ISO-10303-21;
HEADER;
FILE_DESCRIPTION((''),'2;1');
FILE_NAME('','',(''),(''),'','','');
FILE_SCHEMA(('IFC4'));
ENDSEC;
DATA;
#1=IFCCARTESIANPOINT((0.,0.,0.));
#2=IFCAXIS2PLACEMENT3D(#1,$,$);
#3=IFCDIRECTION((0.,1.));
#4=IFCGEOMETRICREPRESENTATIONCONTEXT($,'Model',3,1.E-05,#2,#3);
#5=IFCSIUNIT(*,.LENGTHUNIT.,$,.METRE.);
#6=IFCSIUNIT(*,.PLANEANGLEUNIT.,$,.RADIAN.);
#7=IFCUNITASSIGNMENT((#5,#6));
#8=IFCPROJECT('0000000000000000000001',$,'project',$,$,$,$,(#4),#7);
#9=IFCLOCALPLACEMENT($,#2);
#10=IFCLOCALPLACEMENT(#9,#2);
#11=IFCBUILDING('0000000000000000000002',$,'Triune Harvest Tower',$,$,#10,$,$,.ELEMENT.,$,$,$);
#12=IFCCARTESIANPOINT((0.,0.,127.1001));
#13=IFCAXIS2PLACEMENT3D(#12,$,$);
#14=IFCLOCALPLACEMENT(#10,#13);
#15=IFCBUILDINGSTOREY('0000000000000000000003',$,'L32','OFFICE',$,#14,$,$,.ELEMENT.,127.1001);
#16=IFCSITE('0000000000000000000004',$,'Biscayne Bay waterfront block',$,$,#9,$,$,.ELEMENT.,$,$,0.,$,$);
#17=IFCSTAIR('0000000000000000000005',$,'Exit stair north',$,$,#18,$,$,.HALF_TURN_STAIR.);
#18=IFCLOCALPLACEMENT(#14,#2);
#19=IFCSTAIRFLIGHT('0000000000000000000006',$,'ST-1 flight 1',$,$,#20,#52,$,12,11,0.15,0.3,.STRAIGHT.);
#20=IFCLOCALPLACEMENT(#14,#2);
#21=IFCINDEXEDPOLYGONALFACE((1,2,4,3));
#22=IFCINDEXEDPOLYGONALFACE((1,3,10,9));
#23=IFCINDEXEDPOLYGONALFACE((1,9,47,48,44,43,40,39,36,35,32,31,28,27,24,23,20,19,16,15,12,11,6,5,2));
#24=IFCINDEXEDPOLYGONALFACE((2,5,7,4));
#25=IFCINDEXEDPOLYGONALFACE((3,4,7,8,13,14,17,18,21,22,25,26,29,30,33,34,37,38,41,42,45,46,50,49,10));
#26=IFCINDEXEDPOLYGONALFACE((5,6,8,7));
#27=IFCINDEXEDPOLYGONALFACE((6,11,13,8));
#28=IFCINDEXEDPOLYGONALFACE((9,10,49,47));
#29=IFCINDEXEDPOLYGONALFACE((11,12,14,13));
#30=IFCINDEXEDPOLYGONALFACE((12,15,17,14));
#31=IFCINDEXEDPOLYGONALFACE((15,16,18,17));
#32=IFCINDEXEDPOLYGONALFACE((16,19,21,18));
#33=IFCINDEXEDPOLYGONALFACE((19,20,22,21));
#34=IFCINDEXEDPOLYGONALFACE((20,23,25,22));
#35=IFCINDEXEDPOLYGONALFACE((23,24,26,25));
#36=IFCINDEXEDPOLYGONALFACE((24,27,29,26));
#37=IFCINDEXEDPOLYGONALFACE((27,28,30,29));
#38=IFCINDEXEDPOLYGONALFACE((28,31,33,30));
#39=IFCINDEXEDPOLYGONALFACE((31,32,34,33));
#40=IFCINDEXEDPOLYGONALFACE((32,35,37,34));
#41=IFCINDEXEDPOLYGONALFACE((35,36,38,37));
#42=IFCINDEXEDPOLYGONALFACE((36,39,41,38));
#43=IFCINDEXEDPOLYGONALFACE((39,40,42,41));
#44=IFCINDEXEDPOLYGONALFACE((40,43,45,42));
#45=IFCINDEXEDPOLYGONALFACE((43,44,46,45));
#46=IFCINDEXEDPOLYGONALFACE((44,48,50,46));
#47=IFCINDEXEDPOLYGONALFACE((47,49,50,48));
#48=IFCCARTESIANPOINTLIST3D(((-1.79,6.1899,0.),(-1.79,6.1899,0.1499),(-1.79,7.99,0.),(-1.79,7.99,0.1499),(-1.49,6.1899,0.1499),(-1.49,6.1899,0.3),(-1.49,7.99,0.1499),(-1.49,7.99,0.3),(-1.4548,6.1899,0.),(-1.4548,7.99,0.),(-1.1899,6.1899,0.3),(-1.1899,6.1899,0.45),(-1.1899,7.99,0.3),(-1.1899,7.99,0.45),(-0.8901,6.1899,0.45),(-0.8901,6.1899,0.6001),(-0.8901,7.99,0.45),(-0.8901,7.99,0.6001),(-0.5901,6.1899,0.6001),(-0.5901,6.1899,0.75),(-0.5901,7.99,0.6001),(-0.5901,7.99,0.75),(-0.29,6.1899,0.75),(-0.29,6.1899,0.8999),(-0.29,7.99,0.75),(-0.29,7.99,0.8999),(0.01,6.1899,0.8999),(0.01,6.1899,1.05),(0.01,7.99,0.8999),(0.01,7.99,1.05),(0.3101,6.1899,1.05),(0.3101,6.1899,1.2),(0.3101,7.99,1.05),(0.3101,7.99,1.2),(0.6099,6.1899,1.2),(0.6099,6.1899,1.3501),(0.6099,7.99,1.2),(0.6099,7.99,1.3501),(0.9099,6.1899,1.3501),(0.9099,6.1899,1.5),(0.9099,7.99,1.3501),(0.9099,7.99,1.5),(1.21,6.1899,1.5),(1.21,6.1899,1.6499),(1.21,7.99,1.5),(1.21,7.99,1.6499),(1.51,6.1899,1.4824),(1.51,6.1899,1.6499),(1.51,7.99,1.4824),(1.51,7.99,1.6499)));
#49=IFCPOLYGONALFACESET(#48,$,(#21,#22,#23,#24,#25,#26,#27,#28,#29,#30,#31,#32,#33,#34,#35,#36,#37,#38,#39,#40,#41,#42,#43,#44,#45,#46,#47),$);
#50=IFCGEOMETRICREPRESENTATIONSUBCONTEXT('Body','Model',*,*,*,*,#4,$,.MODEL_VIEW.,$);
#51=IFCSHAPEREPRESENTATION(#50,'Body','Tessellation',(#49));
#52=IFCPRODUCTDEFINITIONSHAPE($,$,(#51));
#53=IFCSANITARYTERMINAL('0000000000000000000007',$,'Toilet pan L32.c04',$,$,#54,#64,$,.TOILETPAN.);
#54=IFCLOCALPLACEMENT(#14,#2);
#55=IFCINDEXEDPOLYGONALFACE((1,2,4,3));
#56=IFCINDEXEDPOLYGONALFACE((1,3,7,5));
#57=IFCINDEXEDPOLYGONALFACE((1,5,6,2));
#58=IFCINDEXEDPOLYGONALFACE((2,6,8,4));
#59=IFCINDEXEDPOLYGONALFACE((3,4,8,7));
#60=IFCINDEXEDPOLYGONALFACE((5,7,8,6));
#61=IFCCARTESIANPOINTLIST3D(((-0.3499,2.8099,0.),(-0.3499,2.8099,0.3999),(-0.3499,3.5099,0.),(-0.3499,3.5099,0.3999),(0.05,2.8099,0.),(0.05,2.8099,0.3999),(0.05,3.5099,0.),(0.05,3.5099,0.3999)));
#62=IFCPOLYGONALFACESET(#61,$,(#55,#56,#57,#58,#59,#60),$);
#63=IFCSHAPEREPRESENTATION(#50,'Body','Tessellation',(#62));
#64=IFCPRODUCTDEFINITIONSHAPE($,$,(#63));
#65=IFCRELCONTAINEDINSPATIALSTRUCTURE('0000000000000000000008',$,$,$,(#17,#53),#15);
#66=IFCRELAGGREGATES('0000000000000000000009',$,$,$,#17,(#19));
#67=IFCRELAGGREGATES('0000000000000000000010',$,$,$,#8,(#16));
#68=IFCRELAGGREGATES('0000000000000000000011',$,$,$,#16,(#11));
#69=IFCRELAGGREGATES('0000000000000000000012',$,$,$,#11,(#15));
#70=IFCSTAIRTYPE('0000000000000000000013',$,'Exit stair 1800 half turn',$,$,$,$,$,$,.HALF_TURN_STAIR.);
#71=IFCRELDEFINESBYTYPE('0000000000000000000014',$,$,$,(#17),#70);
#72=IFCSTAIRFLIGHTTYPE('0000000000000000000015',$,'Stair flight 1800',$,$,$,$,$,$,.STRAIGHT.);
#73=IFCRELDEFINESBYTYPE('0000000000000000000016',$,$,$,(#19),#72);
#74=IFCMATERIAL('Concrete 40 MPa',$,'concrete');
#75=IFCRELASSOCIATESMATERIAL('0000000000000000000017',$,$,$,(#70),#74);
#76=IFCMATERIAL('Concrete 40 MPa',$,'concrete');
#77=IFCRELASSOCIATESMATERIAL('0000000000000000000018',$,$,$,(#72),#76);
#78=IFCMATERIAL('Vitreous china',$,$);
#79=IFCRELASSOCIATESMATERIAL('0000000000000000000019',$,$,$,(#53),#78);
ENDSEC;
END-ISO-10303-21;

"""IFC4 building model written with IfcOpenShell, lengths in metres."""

from ifc_helpers import new_model, si_unit, direction, frame, origin, origin_2d, place, context, subcontext, project, spatial, polyline, rectangle, outline, extrude, source, transform, mapped, material, type_object, element, aggregate, save


model = new_model("IFC4")

# Units and contexts
model_context = context("Model", 3, precision=1e-05, world=origin(), true_north=direction((0.0, 1.0)))
body_context = subcontext(model_context, "Body", "Model", "MODEL_VIEW")
ifc_project = project(units=[si_unit("LENGTHUNIT", "METRE"), si_unit("PLANEANGLEUNIT", "RADIAN")], contexts=[model_context])

# Site, building, storey
site_placement = place(None, origin())
site = spatial("IfcSite", under=ifc_project, at=site_placement, Name="Biscayne Bay waterfront block", CompositionType="ELEMENT", RefElevation=0.0)
building_placement = place(site_placement, origin())
building = spatial("IfcBuilding", under=site, at=building_placement, Name="Triune Harvest Tower", CompositionType="ELEMENT")
storey_placement = place(building_placement, frame((0.0, 0.0, 127.1001)))
storey = spatial("IfcBuildingStorey", under=building, at=storey_placement, Name="L32", Description="OFFICE", CompositionType="ELEMENT", Elevation=127.1001)

# Stair
ifc_material_1 = material(Name="Concrete 40 MPa", Category="concrete")
stair_type = type_object("IfcStairType", Name="Exit stair 1800 half turn", PredefinedType="HALF_TURN_STAIR", material=ifc_material_1)
stair_1_placement = place(storey_placement, origin())
stair_1 = element("IfcStair", 1, at=stair_1_placement, inside=storey, type_object=stair_type, Name="Exit stair north", PredefinedType="HALF_TURN_STAIR")

# Stair flight
ifc_material_2 = material(Name="Concrete 40 MPa", Category="concrete")
stair_flight_type = type_object("IfcStairFlightType", Name="Stair flight 1800", PredefinedType="STRAIGHT", material=ifc_material_2)
shared_shape_1 = source(origin(), body_context, "Body", "SweptSolid", [
    extrude(outline(polyline([(0.0, 0.0), (0.0, 0.1499), (0.3, 0.1499), (0.3, 0.3), (0.6001, 0.3), (0.6001, 0.45), (0.8999, 0.45), (0.8999, 0.6001), (1.2, 0.6001), (1.2, 0.75), (1.5, 0.75), (1.5, 0.8999), (1.8, 0.8999), (1.8, 1.05), (2.1001, 1.05), (2.1001, 1.2), (2.3999, 1.2), (2.3999, 1.3501), (2.7, 1.3501), (2.7, 1.5), (3.0, 1.5), (3.0, 1.6499), (3.3, 1.6499), (3.3, 1.8), (3.3, 1.4824), (0.3352, 0.0), (0.0, 0.0)])), frame((0.0, 0.8999, 0.0), z_axis=(0.0, -1.0, 0.0), x_axis=(1.0, 0.0, 0.0)), (0.0, 0.0, 1.0), 1.8),
])
stair_flight_placement = place(storey_placement, frame((-1.79, 7.0901, 0.0), z_axis=(0.0, 0.0, 1.0), x_axis=(1.0, 0.0, 0.0)))
stair_flight = element("IfcStairFlight", 2, at=stair_flight_placement, type_object=stair_flight_type, Name="ST-1 flight 1", NumberOfRisers=12, NumberOfTreads=11, PredefinedType="STRAIGHT", RiserHeight=0.15, TreadLength=0.3, context=body_context, shape_type="MappedRepresentation", body=[
    mapped(shared_shape_1, transform((0.0, 0.0, 0.0), scale=1.0)),
])
aggregate(stair_1, [stair_flight])

# Sanitary terminal
ifc_material_3 = material(Name="Vitreous china")
shared_shape_2 = source(origin(), body_context, "Body", "SweptSolid", [
    extrude(rectangle(XDim=0.3999, YDim=0.7, at=origin_2d()), origin(), (0.0, 0.0, 1.0), 0.3999),
])
sanitary_terminal_placement = place(storey_placement, frame((-0.1499, 3.1599, 0.0), z_axis=(0.0, 0.0, 1.0), x_axis=(-1.0, 0.0, 0.0)))
element("IfcSanitaryTerminal", 3, at=sanitary_terminal_placement, inside=storey, material=ifc_material_3, Name="Toilet pan L32.c04", PredefinedType="TOILETPAN", context=body_context, shape_type="MappedRepresentation", body=[
    mapped(shared_shape_2, transform((0.0, 0.0, 0.0), scale=1.0)),
])

save(model, "model.ifc")
